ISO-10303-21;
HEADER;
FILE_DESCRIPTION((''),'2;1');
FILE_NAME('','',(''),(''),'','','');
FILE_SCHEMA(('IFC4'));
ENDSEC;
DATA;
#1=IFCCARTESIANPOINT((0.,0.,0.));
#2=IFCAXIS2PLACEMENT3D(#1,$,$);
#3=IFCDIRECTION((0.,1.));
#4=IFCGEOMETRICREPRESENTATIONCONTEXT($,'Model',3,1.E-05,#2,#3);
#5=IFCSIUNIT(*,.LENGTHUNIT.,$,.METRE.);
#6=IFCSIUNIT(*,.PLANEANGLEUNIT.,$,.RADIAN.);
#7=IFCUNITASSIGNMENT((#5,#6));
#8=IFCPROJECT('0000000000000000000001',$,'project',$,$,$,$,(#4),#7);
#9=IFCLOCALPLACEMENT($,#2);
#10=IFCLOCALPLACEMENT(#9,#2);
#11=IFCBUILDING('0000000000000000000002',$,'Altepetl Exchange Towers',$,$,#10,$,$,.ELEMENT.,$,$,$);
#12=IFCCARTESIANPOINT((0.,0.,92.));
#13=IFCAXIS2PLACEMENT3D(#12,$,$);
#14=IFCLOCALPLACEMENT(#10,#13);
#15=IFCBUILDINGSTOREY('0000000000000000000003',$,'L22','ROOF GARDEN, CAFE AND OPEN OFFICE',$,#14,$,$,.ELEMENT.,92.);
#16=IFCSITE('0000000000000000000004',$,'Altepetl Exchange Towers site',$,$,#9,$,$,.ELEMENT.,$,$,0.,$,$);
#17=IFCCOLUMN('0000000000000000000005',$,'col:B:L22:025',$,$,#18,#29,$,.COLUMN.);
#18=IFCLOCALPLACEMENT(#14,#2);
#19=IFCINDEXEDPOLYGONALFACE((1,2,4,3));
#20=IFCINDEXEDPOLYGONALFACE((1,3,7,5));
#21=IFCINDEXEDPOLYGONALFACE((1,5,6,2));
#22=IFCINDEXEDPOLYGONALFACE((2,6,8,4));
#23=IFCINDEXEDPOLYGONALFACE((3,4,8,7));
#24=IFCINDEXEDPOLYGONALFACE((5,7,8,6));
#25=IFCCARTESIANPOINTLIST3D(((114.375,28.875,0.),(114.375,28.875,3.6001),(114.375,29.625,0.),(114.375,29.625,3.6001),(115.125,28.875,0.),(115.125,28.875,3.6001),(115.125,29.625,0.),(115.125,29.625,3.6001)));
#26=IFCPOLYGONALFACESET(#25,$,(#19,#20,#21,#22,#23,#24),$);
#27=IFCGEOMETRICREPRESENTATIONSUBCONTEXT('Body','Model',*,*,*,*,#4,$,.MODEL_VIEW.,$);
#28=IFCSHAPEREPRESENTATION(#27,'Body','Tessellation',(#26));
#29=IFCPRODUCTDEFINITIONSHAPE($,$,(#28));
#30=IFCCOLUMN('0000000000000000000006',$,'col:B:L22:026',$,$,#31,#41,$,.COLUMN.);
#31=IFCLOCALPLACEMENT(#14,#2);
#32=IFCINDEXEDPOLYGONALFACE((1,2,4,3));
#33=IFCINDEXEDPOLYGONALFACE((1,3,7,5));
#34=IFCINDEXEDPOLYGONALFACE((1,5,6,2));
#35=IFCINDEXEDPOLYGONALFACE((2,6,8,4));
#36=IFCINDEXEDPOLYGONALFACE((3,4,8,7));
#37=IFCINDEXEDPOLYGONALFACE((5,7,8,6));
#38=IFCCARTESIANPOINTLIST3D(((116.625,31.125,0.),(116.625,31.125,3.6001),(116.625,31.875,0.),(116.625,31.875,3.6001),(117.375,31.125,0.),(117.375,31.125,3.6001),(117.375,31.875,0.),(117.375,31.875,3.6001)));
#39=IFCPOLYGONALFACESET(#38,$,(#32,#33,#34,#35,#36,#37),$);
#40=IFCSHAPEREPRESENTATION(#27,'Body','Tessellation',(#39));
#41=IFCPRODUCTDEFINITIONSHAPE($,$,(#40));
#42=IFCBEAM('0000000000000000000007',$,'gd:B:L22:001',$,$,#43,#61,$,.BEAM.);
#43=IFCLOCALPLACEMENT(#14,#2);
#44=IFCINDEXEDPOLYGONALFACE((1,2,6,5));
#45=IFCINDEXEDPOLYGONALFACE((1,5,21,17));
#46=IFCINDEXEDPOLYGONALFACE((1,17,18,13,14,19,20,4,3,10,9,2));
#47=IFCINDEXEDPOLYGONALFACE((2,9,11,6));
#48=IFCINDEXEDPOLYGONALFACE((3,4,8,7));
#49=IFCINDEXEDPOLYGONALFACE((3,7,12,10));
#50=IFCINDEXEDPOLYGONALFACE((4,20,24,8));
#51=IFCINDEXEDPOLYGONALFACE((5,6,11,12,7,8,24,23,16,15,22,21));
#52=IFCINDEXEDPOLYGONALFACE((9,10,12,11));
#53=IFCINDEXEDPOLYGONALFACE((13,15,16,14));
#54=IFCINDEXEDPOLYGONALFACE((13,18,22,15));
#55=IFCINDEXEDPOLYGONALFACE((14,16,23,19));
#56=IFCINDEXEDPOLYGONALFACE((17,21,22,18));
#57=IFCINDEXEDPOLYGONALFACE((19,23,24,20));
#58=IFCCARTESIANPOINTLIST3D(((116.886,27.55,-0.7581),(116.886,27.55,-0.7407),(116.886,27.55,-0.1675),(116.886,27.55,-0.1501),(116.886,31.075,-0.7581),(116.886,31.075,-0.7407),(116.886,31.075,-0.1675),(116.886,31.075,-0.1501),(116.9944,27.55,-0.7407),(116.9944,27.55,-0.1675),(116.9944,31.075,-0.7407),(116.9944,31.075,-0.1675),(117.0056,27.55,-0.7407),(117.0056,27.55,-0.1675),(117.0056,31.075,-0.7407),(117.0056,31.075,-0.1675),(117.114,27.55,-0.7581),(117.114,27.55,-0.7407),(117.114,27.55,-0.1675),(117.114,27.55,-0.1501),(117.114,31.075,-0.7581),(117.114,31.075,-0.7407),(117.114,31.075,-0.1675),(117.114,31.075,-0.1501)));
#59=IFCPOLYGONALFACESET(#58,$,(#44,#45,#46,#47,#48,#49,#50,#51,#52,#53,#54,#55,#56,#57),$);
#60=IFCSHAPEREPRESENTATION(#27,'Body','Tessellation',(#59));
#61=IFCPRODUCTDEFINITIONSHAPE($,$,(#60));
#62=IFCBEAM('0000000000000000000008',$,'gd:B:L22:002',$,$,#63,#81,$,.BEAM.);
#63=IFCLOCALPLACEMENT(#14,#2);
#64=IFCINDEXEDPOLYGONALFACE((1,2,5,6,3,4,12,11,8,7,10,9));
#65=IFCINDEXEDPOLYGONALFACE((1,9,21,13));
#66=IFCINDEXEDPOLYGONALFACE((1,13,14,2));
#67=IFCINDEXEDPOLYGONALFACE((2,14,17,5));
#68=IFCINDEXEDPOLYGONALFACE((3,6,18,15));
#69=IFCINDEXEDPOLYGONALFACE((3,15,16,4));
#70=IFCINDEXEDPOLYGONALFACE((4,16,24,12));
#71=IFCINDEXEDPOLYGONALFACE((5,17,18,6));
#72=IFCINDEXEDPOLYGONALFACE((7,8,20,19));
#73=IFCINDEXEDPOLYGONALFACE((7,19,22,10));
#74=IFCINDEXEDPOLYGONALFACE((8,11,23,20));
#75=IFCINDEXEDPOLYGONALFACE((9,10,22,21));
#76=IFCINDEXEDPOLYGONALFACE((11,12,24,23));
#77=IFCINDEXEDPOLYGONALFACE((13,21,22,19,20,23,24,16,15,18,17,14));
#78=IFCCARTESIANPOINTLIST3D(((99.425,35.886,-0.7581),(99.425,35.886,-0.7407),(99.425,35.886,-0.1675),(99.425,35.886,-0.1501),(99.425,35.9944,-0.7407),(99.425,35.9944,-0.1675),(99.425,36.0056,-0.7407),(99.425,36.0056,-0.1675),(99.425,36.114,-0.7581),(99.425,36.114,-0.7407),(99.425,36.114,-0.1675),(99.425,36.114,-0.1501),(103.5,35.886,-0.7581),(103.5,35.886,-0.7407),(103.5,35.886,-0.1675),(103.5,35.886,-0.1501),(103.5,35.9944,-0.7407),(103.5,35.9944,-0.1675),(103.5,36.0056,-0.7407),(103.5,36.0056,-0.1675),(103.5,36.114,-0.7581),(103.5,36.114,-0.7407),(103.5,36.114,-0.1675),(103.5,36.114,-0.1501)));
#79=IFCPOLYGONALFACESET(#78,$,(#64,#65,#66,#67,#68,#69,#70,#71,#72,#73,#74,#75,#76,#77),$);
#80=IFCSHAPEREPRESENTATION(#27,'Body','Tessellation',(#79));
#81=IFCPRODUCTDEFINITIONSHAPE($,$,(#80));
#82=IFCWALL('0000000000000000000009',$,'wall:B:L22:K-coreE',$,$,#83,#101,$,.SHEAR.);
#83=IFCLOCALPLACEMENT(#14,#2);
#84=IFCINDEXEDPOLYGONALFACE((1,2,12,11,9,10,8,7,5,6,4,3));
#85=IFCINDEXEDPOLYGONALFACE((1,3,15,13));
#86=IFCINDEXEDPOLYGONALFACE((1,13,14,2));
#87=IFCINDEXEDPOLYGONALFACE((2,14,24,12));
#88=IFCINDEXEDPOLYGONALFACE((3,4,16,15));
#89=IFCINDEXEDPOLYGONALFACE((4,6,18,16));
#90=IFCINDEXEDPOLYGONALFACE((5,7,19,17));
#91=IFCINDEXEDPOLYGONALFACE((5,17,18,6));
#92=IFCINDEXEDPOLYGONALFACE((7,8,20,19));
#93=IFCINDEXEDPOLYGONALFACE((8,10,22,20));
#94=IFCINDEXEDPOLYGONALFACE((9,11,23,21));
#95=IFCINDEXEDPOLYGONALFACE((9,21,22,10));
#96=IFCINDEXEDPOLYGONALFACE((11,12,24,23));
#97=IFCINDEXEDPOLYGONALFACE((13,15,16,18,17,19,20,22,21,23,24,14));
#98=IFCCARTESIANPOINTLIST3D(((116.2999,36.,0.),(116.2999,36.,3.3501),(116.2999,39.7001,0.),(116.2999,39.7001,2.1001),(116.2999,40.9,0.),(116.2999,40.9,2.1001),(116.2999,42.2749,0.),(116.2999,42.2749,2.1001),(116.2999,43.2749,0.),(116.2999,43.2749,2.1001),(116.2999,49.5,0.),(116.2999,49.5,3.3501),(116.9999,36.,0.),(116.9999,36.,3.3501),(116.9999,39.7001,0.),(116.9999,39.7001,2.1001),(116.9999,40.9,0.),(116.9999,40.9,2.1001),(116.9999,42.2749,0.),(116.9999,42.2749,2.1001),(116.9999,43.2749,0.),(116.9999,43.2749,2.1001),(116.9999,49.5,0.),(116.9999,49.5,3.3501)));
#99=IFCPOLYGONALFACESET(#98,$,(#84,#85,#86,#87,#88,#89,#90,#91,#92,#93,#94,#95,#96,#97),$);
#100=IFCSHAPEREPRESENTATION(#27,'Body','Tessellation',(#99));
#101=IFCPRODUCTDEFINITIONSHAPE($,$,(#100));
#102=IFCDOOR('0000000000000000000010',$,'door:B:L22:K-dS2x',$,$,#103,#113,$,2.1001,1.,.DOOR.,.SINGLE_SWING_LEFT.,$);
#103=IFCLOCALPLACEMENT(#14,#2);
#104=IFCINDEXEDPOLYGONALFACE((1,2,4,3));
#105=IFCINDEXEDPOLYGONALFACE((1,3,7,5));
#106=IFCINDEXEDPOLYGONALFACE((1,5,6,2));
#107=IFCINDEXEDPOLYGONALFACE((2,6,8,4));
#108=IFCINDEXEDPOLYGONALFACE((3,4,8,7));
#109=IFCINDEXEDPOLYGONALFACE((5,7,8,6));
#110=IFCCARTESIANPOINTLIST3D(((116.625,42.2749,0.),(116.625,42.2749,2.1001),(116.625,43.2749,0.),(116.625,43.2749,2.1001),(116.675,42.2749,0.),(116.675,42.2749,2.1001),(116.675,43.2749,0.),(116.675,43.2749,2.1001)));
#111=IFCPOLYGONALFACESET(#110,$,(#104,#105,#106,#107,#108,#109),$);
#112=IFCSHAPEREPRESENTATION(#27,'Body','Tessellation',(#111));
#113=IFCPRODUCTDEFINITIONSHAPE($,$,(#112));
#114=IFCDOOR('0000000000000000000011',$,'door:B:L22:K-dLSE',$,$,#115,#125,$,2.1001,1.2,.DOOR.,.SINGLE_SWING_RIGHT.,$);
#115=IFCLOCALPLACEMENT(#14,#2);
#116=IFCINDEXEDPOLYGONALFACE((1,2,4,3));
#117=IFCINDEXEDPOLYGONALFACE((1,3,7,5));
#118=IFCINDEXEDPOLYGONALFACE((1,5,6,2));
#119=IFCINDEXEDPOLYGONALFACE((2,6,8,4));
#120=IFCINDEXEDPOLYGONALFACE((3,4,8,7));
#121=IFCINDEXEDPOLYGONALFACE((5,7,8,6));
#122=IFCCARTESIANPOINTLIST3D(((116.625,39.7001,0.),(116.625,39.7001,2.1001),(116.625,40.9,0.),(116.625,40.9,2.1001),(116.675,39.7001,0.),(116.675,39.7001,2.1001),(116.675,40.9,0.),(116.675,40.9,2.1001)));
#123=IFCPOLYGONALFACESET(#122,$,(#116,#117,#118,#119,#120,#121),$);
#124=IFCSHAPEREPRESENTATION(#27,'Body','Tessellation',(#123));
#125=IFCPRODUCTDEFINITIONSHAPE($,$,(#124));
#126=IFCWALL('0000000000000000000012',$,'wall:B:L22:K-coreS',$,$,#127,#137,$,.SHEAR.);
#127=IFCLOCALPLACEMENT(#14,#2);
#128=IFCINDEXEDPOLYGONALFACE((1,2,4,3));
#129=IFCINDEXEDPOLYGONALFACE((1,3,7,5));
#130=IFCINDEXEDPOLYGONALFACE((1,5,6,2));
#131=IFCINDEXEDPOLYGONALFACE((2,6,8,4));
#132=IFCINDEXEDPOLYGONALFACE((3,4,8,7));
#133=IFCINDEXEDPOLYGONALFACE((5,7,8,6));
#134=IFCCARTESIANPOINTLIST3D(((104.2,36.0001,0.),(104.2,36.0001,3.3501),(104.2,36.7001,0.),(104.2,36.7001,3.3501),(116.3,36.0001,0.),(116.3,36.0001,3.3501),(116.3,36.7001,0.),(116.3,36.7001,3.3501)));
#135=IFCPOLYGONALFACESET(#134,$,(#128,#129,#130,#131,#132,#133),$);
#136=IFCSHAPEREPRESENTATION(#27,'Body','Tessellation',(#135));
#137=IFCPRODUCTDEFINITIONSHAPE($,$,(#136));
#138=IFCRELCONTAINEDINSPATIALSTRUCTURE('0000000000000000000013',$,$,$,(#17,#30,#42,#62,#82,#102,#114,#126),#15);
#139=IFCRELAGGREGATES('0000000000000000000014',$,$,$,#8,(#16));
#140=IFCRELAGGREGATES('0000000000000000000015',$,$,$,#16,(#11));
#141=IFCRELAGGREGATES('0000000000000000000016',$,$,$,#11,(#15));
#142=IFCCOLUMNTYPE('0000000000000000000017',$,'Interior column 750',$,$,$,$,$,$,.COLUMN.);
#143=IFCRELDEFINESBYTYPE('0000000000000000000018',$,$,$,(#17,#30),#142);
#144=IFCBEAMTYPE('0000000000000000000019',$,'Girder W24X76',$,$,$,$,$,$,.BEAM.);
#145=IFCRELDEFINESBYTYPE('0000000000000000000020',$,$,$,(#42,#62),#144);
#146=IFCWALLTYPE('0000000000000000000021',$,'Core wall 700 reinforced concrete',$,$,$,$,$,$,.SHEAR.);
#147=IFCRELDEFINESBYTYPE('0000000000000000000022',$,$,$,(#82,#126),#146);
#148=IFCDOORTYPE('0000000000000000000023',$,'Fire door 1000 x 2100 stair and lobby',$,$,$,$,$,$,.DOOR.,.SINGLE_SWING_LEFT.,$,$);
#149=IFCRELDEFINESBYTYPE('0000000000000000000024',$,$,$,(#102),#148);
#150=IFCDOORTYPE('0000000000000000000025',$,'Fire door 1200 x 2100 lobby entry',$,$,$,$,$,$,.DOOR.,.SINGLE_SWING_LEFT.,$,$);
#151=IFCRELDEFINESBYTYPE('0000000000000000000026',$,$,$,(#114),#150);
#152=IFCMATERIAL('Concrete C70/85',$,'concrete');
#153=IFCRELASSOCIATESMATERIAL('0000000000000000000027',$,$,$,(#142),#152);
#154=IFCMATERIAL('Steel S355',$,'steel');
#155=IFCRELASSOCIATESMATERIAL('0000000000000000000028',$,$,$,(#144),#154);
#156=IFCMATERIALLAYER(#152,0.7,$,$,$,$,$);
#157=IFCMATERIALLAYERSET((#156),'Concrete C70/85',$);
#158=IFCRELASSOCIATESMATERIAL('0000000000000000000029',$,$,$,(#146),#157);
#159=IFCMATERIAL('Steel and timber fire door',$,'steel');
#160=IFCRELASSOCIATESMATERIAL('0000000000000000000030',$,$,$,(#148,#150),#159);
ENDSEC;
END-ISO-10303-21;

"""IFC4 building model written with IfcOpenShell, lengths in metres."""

from ifc_helpers import new_model, si_unit, direction, frame, frame_2d, origin, origin_2d, place, context, subcontext, project, spatial, rectangle, i_section, extrude, material, layer, layer_set, material_profile, profile_set, type_object, element, fill, save


model = new_model("IFC4")

# Units and contexts
model_context = context("Model", 3, precision=1e-05, world=origin(), true_north=direction((0.0, 1.0)))
body_context = subcontext(model_context, "Body", "Model", "MODEL_VIEW")
ifc_project = project(units=[si_unit("LENGTHUNIT", "METRE"), si_unit("PLANEANGLEUNIT", "RADIAN")], contexts=[model_context])

# Site, building, storey
site_placement = place(None, origin())
site = spatial("IfcSite", under=ifc_project, at=site_placement, Name="Altepetl Exchange Towers site", CompositionType="ELEMENT", RefElevation=0.0)
building_placement = place(site_placement, origin())
building = spatial("IfcBuilding", under=site, at=building_placement, Name="Altepetl Exchange Towers", CompositionType="ELEMENT")
storey_placement = place(building_placement, frame((0.0, 0.0, 92.0)))
storey = spatial("IfcBuildingStorey", under=building, at=storey_placement, Name="L22", Description="ROOF GARDEN, CAFE AND OPEN OFFICE", CompositionType="ELEMENT", Elevation=92.0)

# Columns
ifc_material_1 = material(Name="Concrete C70/85", Category="concrete")
ifc_material_profile_1 = material_profile(ifc_material_1, rectangle(XDim=0.75, YDim=0.75, at=origin_2d()), Name="750 x 750")
ifc_profile_set_1 = profile_set([ifc_material_profile_1], Name="Concrete C70/85")
column_type = type_object("IfcColumnType", Name="Interior column 750", PredefinedType="COLUMN", material=ifc_profile_set_1)
for number, where, name in (
    (1, (114.75, 29.25, 0.0), "col:B:L22:025"),
    (2, (117.0, 31.5, 0.0), "col:B:L22:026"),
):
    element("IfcColumn", number, at=place(storey_placement, frame(where)), inside=storey, type_object=column_type, Name=name, PredefinedType="COLUMN", context=body_context, shape_type="SweptSolid", body=[
        extrude(rectangle(XDim=0.75, YDim=0.75, at=origin_2d()), origin(), (0.0, 0.0, 1.0), 3.6001),
    ])

# Beams
ifc_material_2 = material(Name="Steel S355", Category="steel")
ifc_material_profile_2 = material_profile(ifc_material_2, i_section(OverallWidth=0.228, OverallDepth=0.6079, WebThickness=0.0112, FlangeThickness=0.0173, at=origin_2d()), Name="W24X76")
ifc_profile_set_2 = profile_set([ifc_material_profile_2], Name="Steel S355")
beam_type = type_object("IfcBeamType", Name="Girder W24X76", PredefinedType="BEAM", material=ifc_profile_set_2)
beam_1_placement = place(storey_placement, frame((117.0, 31.075, -0.4541), z_axis=(0.0, -1.0, 0.0), x_axis=(1.0, 0.0, 0.0)))
element("IfcBeam", 3, at=beam_1_placement, inside=storey, type_object=beam_type, Name="gd:B:L22:001", PredefinedType="BEAM", context=body_context, shape_type="SweptSolid", body=[
    extrude(i_section(OverallWidth=0.228, OverallDepth=0.6079, WebThickness=0.0112, FlangeThickness=0.0173, at=origin_2d()), origin(), (0.0, 0.0, 1.0), 3.5249),
])
beam_2_placement = place(storey_placement, frame((103.5, 36.0, -0.4541), z_axis=(-1.0, 0.0, 0.0), x_axis=(0.0, -1.0, 0.0)))
element("IfcBeam", 4, at=beam_2_placement, inside=storey, type_object=beam_type, Name="gd:B:L22:002", PredefinedType="BEAM", context=body_context, shape_type="SweptSolid", body=[
    extrude(i_section(OverallWidth=0.228, OverallDepth=0.6079, WebThickness=0.0112, FlangeThickness=0.0173, at=origin_2d()), origin(), (0.0, 0.0, 1.0), 4.075),
])

# Wall, openings, doors
ifc_layer_1 = layer(ifc_material_1, 0.7)
ifc_layer_set_1 = layer_set([ifc_layer_1], Name="Concrete C70/85")
wall_type_1 = type_object("IfcWallType", Name="Core wall 700 reinforced concrete", PredefinedType="SHEAR", material=ifc_layer_set_1)
wall_1_placement = place(storey_placement, frame((116.6499, 36.0, 0.0), z_axis=(0.0, 0.0, 1.0), x_axis=(0.0, 1.0, 0.0)))
wall_1 = element("IfcWall", 5, at=wall_1_placement, inside=storey, type_object=wall_type_1, Name="wall:B:L22:K-coreE", PredefinedType="SHEAR", context=body_context, shape_type="SweptSolid", body=[
    extrude(rectangle(XDim=13.5, YDim=0.7, at=frame_2d((6.75, 0.0))), origin(), (0.0, 0.0, 1.0), 3.3501),
])
opening_1_placement = place(wall_1_placement, frame((3.7, 0.0, 0.0)))
opening_1 = element("IfcOpeningElement", 6, at=opening_1_placement, cuts=wall_1, PredefinedType="OPENING", context=body_context, shape_type="SweptSolid", body=[
    extrude(rectangle(XDim=1.2, YDim=2.1001, at=frame_2d((0.6001, 1.05))), frame((0.0, 0.3599, 0.0), z_axis=(0.0, -1.0, 0.0), x_axis=(1.0, 0.0, 0.0)), (0.0, 0.0, 1.0), 0.72),
])
opening_2_placement = place(wall_1_placement, frame((6.2749, 0.0, 0.0)))
opening_2 = element("IfcOpeningElement", 7, at=opening_2_placement, cuts=wall_1, PredefinedType="OPENING", context=body_context, shape_type="SweptSolid", body=[
    extrude(rectangle(XDim=1.0, YDim=2.1001, at=frame_2d((0.5, 1.05))), frame((0.0, 0.3599, 0.0), z_axis=(0.0, -1.0, 0.0), x_axis=(1.0, 0.0, 0.0)), (0.0, 0.0, 1.0), 0.72),
])
ifc_material_3 = material(Name="Steel and timber fire door", Category="steel")
door_type_1 = type_object("IfcDoorType", Name="Fire door 1000 x 2100 stair and lobby", OperationType="SINGLE_SWING_LEFT", PredefinedType="DOOR", material=ifc_material_3)
door_1_placement = place(opening_2_placement, origin())
door_1 = element("IfcDoor", 8, at=door_1_placement, inside=storey, type_object=door_type_1, Name="door:B:L22:K-dS2x", OperationType="SINGLE_SWING_LEFT", OverallHeight=2.1001, OverallWidth=1.0, PredefinedType="DOOR", context=body_context, shape_type="SweptSolid", body=[
    extrude(rectangle(XDim=1.0, YDim=2.1001, at=frame_2d((0.5, 1.05))), frame((0.0, 0.0249, 0.0), z_axis=(0.0, -1.0, 0.0), x_axis=(1.0, 0.0, 0.0)), (0.0, 0.0, 1.0), 0.05),
])
fill(opening_2, door_1)
door_type_2 = type_object("IfcDoorType", Name="Fire door 1200 x 2100 lobby entry", OperationType="SINGLE_SWING_LEFT", PredefinedType="DOOR", material=ifc_material_3)
door_2_placement = place(opening_1_placement, origin())
door_2 = element("IfcDoor", 9, at=door_2_placement, inside=storey, type_object=door_type_2, Name="door:B:L22:K-dLSE", OperationType="SINGLE_SWING_RIGHT", OverallHeight=2.1001, OverallWidth=1.2, PredefinedType="DOOR", context=body_context, shape_type="SweptSolid", body=[
    extrude(rectangle(XDim=1.2, YDim=2.1001, at=frame_2d((0.6001, 1.05))), frame((0.0, 0.0249, 0.0), z_axis=(0.0, -1.0, 0.0), x_axis=(1.0, 0.0, 0.0)), (0.0, 0.0, 1.0), 0.05),
])
fill(opening_1, door_2)

# Wall
wall_2_placement = place(storey_placement, frame((104.2, 36.3501, 0.0)))
element("IfcWall", 10, at=wall_2_placement, inside=storey, type_object=wall_type_1, Name="wall:B:L22:K-coreS", PredefinedType="SHEAR", context=body_context, shape_type="SweptSolid", body=[
    extrude(rectangle(XDim=12.1001, YDim=0.7, at=frame_2d((6.05, 0.0))), origin(), (0.0, 0.0, 1.0), 3.3501),
])

save(model, "model.ifc")
